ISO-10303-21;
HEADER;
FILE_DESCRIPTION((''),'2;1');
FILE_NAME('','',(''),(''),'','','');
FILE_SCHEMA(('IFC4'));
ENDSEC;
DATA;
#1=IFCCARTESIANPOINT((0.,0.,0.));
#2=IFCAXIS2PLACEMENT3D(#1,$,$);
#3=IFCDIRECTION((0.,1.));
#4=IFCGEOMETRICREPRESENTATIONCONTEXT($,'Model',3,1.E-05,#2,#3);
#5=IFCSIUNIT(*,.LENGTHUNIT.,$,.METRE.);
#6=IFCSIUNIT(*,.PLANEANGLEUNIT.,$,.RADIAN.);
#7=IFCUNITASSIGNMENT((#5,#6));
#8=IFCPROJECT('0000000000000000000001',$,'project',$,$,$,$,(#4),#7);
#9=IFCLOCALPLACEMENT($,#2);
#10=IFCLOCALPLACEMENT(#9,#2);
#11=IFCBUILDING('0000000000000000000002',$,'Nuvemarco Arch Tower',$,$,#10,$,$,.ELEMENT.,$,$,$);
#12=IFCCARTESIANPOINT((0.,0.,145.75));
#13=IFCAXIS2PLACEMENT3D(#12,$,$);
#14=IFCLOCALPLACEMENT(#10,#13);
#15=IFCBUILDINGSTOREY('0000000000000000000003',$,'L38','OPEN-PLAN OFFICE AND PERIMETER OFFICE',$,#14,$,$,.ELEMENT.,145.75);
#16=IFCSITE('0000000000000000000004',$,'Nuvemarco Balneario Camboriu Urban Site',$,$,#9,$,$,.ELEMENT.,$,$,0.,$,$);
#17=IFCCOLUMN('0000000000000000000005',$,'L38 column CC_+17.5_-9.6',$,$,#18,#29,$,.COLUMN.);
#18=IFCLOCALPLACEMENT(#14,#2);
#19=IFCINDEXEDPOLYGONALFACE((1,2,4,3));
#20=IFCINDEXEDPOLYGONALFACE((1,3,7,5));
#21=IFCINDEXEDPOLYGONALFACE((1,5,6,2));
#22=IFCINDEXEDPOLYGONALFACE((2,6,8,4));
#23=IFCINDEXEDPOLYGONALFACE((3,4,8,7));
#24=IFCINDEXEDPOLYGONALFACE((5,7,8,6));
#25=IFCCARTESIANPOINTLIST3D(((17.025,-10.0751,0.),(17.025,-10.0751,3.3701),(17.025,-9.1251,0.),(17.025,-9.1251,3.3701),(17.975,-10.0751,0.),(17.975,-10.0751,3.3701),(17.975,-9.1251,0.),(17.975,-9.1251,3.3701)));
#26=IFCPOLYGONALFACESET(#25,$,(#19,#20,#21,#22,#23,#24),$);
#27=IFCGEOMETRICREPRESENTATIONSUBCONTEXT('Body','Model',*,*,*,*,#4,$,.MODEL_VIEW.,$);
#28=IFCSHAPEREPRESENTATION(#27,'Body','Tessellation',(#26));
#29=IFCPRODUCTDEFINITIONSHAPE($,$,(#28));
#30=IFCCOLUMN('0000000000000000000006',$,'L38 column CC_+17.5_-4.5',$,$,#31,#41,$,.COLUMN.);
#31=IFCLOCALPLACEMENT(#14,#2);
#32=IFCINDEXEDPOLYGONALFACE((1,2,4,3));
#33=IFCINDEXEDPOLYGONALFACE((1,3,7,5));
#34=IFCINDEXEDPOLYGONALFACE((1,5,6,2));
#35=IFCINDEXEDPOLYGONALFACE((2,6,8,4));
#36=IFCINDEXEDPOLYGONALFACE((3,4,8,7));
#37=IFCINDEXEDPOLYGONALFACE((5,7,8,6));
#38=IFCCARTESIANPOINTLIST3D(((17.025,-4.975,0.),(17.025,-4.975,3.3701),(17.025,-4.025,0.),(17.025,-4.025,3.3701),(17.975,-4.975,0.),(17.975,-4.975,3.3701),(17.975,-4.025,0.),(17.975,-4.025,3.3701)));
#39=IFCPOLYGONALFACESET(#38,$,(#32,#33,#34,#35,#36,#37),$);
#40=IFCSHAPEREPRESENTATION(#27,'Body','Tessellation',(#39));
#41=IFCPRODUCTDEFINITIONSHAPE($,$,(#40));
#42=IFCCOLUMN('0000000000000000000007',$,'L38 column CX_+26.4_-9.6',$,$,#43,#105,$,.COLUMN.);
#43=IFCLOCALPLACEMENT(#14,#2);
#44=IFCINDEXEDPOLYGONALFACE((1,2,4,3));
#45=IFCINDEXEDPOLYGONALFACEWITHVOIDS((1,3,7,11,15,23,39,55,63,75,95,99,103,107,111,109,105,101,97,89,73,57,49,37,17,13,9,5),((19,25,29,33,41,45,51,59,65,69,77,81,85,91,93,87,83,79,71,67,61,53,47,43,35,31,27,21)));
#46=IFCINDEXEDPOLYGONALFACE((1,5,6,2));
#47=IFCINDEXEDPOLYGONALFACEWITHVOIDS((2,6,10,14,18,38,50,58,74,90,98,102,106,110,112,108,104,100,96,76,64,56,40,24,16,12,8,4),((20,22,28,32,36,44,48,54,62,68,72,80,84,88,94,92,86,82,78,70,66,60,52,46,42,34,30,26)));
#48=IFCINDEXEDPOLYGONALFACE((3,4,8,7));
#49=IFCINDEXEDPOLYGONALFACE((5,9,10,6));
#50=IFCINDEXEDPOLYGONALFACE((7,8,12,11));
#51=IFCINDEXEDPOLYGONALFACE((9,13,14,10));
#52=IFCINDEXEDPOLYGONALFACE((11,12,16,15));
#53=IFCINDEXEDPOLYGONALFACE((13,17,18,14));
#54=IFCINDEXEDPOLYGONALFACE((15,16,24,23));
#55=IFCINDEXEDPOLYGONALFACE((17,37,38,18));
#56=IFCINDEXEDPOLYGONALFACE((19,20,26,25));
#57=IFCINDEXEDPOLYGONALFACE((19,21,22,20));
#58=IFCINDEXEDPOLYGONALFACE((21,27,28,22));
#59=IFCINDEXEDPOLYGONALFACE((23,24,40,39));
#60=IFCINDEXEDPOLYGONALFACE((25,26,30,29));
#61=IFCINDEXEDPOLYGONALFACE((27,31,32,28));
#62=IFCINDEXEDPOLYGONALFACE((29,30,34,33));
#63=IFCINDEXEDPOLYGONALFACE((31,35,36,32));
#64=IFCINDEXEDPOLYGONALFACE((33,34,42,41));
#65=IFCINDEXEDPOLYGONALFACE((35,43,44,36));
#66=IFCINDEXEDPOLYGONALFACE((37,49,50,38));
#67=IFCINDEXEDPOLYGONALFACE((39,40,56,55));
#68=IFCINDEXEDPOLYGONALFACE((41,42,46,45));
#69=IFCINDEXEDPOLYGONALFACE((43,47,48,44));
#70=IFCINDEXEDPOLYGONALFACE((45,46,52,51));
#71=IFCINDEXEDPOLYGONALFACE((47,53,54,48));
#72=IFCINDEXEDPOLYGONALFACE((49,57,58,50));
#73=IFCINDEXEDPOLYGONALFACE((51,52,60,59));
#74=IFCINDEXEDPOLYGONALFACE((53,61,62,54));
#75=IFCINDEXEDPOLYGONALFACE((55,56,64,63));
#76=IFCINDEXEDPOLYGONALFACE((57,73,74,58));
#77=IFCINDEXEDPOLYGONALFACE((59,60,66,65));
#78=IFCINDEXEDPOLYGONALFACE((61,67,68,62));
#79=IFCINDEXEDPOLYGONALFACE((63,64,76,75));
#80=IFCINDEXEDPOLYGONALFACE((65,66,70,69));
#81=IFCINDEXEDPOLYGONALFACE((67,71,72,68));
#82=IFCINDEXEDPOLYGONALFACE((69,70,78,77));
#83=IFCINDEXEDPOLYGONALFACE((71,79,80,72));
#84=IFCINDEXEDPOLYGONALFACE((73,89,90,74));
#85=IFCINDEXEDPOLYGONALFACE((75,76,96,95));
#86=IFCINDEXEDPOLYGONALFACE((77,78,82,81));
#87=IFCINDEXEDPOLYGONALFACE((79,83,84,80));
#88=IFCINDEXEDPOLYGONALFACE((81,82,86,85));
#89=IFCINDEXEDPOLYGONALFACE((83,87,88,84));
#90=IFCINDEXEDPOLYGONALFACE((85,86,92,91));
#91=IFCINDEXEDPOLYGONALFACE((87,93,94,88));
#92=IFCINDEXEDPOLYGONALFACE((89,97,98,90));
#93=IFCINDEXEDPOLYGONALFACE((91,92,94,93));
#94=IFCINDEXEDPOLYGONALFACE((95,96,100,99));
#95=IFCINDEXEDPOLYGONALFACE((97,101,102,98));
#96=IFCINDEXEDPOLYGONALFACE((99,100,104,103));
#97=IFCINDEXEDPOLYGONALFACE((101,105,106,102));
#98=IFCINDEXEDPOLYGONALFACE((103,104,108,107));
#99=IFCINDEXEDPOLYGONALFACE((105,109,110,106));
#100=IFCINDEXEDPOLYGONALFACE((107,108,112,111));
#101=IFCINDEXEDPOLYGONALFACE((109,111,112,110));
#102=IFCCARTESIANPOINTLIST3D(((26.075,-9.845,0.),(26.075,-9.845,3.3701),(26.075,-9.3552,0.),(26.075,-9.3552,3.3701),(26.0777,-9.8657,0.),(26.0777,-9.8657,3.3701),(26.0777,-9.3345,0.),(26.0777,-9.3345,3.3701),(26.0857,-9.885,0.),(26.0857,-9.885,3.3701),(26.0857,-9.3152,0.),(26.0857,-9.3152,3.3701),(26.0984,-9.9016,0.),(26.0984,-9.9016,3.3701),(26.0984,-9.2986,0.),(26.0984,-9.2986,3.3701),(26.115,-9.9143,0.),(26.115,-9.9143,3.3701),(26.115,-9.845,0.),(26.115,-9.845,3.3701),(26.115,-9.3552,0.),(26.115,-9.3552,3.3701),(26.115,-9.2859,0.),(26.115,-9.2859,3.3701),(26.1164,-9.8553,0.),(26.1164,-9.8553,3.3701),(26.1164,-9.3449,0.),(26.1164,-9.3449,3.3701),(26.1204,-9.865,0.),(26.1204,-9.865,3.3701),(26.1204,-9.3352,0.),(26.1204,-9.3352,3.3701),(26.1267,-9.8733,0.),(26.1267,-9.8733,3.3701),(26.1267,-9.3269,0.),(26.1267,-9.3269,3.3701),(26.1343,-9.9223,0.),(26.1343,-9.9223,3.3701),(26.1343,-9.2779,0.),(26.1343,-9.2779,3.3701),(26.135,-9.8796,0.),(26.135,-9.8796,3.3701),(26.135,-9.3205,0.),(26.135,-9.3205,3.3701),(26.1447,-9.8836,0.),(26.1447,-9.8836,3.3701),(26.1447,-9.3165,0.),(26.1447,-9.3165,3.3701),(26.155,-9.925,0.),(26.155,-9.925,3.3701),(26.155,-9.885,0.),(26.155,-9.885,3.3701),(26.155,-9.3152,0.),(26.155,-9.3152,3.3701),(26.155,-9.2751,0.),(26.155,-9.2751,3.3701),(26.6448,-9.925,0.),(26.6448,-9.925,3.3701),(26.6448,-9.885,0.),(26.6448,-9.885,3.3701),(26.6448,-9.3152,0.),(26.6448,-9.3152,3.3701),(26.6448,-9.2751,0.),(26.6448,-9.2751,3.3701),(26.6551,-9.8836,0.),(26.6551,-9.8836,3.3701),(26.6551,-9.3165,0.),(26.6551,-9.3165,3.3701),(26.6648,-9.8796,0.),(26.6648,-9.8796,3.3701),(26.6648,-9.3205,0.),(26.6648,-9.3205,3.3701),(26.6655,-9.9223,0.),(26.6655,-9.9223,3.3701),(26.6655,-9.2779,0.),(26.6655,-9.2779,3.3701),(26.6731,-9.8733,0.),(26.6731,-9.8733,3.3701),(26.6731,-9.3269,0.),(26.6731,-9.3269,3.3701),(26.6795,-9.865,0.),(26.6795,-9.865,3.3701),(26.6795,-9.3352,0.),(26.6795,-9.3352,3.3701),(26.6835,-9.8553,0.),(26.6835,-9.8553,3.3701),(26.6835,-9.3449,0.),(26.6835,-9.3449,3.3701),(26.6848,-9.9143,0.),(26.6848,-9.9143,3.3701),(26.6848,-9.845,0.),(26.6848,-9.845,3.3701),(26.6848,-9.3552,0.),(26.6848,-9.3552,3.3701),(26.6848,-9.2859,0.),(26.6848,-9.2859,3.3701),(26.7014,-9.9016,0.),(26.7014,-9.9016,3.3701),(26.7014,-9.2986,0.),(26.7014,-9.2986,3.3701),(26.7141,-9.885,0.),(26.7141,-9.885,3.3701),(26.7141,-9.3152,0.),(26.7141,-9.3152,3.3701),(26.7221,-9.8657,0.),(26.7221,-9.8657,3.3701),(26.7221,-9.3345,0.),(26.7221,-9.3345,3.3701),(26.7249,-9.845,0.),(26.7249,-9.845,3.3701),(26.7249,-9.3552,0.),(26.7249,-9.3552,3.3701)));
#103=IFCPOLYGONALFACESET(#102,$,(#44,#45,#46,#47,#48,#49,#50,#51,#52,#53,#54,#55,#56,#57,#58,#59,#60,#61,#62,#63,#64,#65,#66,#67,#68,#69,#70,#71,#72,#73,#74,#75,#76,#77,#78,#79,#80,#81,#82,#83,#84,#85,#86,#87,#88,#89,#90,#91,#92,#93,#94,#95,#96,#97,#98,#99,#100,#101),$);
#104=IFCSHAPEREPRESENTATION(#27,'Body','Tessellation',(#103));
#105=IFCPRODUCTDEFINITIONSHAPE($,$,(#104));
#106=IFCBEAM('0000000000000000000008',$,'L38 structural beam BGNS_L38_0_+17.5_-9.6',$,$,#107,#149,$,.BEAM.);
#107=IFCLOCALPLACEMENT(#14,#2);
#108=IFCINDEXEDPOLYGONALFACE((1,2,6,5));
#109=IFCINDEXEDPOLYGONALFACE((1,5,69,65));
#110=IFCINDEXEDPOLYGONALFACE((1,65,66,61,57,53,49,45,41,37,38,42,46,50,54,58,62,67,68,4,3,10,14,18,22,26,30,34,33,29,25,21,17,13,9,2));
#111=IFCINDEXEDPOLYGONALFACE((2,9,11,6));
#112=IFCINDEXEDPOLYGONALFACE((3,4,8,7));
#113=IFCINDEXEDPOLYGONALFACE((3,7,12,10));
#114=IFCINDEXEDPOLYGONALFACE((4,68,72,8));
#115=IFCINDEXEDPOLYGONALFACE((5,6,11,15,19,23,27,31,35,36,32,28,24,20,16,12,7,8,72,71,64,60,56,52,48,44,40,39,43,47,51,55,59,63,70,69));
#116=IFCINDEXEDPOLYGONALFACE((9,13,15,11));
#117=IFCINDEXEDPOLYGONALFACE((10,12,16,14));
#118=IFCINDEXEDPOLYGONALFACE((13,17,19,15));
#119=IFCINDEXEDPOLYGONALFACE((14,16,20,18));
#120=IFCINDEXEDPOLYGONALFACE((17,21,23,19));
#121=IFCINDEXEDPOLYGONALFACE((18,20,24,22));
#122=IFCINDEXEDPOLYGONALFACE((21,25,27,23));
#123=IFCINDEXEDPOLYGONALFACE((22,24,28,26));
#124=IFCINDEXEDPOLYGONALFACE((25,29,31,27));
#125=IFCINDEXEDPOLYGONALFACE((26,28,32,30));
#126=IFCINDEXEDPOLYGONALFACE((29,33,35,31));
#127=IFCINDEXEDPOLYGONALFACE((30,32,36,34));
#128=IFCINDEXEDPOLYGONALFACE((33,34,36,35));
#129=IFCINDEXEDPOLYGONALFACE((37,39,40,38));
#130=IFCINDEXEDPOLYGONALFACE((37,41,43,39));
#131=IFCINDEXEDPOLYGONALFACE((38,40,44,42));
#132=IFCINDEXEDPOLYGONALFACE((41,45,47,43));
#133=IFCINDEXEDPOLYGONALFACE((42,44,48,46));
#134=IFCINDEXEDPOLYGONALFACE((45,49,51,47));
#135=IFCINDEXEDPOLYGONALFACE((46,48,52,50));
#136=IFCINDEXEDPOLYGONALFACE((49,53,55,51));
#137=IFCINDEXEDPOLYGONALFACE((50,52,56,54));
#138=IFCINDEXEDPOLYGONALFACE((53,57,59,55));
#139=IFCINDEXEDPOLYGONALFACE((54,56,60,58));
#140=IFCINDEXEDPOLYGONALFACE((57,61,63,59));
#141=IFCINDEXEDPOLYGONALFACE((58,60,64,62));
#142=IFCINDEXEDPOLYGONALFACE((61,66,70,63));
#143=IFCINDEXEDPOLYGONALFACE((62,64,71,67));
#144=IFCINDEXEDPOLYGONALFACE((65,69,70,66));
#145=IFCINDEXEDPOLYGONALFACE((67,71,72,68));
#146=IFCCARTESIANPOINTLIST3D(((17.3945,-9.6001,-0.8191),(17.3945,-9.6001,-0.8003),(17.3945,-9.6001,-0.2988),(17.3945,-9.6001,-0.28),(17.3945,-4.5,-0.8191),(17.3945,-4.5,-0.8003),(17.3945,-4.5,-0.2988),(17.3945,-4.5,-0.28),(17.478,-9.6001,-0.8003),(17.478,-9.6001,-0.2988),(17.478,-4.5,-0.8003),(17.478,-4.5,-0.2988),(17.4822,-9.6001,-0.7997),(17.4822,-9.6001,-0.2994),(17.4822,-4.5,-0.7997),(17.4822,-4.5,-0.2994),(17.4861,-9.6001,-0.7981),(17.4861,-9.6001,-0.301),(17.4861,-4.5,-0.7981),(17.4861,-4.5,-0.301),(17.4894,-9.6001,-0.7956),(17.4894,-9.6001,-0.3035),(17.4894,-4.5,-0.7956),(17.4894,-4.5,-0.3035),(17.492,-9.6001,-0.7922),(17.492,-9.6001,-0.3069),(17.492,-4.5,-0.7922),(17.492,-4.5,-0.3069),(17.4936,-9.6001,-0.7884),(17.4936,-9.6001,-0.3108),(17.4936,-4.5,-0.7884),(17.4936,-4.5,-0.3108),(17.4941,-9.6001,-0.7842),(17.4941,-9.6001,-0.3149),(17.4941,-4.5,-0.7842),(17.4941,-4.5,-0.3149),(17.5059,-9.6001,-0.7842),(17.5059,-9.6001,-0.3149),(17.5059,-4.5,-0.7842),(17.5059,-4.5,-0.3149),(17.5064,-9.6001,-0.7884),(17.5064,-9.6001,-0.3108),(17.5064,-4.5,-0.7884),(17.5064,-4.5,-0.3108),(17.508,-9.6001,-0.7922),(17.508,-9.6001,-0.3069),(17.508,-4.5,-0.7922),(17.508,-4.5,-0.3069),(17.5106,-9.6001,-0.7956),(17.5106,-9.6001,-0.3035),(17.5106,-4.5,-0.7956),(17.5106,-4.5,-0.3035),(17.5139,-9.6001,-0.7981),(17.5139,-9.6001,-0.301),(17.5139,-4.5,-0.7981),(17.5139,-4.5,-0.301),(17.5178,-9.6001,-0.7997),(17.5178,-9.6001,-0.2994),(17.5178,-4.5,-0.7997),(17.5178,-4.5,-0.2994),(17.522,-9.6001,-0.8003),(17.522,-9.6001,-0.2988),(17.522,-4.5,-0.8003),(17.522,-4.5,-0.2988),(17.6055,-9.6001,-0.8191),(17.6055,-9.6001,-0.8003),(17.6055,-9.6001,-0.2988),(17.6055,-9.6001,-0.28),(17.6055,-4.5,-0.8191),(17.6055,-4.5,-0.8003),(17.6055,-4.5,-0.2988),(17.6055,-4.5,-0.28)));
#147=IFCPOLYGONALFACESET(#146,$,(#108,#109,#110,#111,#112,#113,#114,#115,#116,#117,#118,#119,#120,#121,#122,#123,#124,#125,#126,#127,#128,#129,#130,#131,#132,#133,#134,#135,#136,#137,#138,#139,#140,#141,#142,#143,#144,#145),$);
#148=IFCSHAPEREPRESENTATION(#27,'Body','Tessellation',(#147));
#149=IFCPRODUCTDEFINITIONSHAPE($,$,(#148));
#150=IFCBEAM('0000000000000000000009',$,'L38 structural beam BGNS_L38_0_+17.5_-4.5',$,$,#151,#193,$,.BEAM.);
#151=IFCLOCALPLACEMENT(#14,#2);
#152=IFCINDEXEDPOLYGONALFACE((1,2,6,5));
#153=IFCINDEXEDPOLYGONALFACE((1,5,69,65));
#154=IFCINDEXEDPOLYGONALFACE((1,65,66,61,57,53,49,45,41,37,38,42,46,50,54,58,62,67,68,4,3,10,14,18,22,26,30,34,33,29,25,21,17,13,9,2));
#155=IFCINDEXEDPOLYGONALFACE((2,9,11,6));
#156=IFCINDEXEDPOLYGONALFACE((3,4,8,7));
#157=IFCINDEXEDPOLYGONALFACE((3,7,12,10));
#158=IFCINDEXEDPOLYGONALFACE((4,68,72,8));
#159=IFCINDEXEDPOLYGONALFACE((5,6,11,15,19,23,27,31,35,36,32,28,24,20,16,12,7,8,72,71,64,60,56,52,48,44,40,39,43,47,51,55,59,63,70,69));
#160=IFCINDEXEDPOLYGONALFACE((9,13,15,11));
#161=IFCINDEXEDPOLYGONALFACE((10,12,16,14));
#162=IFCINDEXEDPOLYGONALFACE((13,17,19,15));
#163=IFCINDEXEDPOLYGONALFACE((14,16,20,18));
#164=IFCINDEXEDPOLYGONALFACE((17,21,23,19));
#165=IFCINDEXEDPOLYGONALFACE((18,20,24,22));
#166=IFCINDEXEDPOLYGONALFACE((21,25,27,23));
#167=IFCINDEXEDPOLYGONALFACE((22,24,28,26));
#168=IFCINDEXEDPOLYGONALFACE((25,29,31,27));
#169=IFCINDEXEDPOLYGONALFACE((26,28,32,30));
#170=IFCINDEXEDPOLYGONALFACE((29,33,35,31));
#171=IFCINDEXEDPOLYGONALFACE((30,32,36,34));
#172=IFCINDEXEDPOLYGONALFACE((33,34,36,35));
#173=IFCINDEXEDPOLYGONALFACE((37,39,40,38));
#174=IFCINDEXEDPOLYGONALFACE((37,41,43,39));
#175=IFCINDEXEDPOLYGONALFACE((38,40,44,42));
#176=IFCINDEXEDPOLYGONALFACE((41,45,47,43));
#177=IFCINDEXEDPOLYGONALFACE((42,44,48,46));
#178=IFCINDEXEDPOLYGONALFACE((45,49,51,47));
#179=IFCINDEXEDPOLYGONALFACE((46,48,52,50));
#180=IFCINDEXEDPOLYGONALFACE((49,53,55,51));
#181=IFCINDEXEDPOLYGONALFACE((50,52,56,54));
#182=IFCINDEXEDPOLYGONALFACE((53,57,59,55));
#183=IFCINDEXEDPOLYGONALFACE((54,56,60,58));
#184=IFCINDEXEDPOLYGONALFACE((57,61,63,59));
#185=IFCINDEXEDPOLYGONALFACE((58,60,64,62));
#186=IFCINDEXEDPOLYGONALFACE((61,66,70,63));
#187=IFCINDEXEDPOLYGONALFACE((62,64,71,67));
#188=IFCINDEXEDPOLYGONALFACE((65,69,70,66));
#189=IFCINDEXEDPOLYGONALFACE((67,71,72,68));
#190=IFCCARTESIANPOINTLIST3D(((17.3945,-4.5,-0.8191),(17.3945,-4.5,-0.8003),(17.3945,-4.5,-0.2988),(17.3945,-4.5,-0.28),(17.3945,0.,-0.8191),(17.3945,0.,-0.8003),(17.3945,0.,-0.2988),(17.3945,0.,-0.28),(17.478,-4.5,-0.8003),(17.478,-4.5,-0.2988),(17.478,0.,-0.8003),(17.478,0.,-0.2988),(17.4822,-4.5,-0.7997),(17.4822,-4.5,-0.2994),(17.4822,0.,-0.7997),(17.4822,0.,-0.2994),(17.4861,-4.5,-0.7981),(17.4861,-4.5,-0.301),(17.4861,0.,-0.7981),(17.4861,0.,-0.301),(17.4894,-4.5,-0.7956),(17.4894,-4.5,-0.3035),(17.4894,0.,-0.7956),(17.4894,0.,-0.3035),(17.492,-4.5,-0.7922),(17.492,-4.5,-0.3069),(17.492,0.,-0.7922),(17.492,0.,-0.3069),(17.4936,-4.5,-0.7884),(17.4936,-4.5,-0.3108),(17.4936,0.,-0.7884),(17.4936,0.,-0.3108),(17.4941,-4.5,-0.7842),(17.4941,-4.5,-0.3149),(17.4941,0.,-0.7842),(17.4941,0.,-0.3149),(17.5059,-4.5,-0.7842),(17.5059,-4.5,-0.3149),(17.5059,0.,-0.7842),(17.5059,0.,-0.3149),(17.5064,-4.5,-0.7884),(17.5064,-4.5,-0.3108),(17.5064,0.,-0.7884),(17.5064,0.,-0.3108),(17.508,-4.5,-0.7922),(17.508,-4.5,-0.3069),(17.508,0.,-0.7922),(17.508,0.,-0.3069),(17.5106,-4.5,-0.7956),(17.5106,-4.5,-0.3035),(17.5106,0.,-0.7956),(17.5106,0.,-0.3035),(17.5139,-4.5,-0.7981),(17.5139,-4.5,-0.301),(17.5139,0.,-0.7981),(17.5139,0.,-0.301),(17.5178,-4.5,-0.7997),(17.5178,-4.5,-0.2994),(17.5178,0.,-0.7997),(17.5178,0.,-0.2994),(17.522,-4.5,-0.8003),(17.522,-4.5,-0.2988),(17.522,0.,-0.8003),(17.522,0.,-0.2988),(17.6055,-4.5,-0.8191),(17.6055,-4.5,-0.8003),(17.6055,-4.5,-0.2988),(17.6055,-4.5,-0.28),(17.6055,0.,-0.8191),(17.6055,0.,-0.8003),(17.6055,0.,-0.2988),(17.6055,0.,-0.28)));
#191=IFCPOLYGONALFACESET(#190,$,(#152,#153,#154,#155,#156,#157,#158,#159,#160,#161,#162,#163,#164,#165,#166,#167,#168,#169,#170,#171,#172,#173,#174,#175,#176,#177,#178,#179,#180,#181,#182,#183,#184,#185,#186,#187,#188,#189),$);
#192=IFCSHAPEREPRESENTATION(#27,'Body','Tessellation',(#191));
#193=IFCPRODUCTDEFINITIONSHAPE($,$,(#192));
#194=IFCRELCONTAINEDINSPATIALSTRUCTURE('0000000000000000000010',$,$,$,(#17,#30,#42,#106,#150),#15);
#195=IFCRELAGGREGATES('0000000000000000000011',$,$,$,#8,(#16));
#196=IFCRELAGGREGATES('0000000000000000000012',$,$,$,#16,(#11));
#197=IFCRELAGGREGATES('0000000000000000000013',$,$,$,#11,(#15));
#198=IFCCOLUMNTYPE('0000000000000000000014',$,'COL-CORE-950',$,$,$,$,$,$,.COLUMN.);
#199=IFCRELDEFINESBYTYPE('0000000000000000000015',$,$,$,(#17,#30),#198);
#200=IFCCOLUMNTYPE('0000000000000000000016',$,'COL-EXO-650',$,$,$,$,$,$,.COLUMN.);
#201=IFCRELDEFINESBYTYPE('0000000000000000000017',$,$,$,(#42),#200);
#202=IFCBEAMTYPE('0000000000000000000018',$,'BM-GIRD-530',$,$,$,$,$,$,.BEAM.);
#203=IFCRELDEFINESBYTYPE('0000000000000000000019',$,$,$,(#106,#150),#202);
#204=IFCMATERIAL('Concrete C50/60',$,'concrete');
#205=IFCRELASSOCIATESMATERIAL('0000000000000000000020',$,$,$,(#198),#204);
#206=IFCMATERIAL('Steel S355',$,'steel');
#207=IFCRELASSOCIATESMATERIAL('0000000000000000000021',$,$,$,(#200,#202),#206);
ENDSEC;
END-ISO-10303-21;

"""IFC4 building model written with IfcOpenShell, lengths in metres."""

from ifc_helpers import new_model, si_unit, direction, frame, origin, origin_2d, place, context, subcontext, project, spatial, rectangle, hollow_rectangle, i_section, extrude, material, material_profile, profile_set, type_object, element, save


model = new_model("IFC4")

# Units and contexts
model_context = context("Model", 3, precision=1e-05, world=origin(), true_north=direction((0.0, 1.0)))
body_context = subcontext(model_context, "Body", "Model", "MODEL_VIEW")
ifc_project = project(units=[si_unit("LENGTHUNIT", "METRE"), si_unit("PLANEANGLEUNIT", "RADIAN")], contexts=[model_context])

# Site, building, storey
site_placement = place(None, origin())
site = spatial("IfcSite", under=ifc_project, at=site_placement, Name="Nuvemarco Balneario Camboriu Urban Site", CompositionType="ELEMENT", RefElevation=0.0)
building_placement = place(site_placement, origin())
building = spatial("IfcBuilding", under=site, at=building_placement, Name="Nuvemarco Arch Tower", CompositionType="ELEMENT")
storey_placement = place(building_placement, frame((0.0, 0.0, 145.75)))
storey = spatial("IfcBuildingStorey", under=building, at=storey_placement, Name="L38", Description="OPEN-PLAN OFFICE AND PERIMETER OFFICE", CompositionType="ELEMENT", Elevation=145.75)

# Columns
ifc_material_1 = material(Name="Concrete C50/60", Category="concrete")
ifc_material_profile_1 = material_profile(ifc_material_1, rectangle(XDim=0.95, YDim=0.95, at=origin_2d()), Name="RC-COL-950x950")
ifc_profile_set_1 = profile_set([ifc_material_profile_1], Name="Concrete C50/60")
column_type_1 = type_object("IfcColumnType", Name="COL-CORE-950", PredefinedType="COLUMN", material=ifc_profile_set_1)
for number, where, z_axis, x_axis, name in (
    (1, (17.5, -9.6001, 0.0), (0.0, 0.0, 1.0), (1.0, 0.0, 0.0), "L38 column CC_+17.5_-9.6"),
    (2, (17.5, -4.5, 0.0), (0.0, 0.0, 1.0), (1.0, 0.0, 0.0), "L38 column CC_+17.5_-4.5"),
):
    element("IfcColumn", number, at=place(storey_placement, frame(where, z_axis=z_axis, x_axis=x_axis)), inside=storey, type_object=column_type_1, Name=name, PredefinedType="COLUMN", context=body_context, shape_type="SweptSolid", body=[
        extrude(rectangle(XDim=0.95, YDim=0.95, at=origin_2d()), origin(), (0.0, 0.0, 1.0), 3.3701),
    ])
ifc_material_2 = material(Name="Steel S355", Category="steel")
ifc_material_profile_2 = material_profile(ifc_material_2, hollow_rectangle(XDim=0.6499, YDim=0.6499, WallThickness=0.04, InnerFilletRadius=0.04, OuterFilletRadius=0.0801, at=origin_2d()), Name="SHS650x650x40")
ifc_profile_set_2 = profile_set([ifc_material_profile_2], Name="Steel S355")
column_type_2 = type_object("IfcColumnType", Name="COL-EXO-650", PredefinedType="COLUMN", material=ifc_profile_set_2)
column_placement = place(storey_placement, frame((26.3999, -9.6001, 0.0), z_axis=(0.0, 0.0, 1.0), x_axis=(1.0, 0.0, 0.0)))
element("IfcColumn", 3, at=column_placement, inside=storey, type_object=column_type_2, Name="L38 column CX_+26.4_-9.6", PredefinedType="COLUMN", context=body_context, shape_type="SweptSolid", body=[
    extrude(hollow_rectangle(XDim=0.6499, YDim=0.6499, WallThickness=0.04, InnerFilletRadius=0.04, OuterFilletRadius=0.0801, at=origin_2d()), origin(), (0.0, 0.0, 1.0), 3.3701),
])

# Beams
ifc_material_profile_3 = material_profile(ifc_material_2, i_section(OverallWidth=0.2109, OverallDepth=0.5391, WebThickness=0.0117, FlangeThickness=0.0188, FilletRadius=0.0161, at=origin_2d()), Name="W530x109")
ifc_profile_set_3 = profile_set([ifc_material_profile_3], Name="Steel S355")
beam_type_1 = type_object("IfcBeamType", Name="BM-GIRD-530", PredefinedType="BEAM", material=ifc_profile_set_3)
beam_1_placement = place(storey_placement, frame((17.5, -9.6001, -0.5496), z_axis=(0.0, 1.0, 0.0), x_axis=(-1.0, 0.0, 0.0)))
element("IfcBeam", 4, at=beam_1_placement, inside=storey, type_object=beam_type_1, Name="L38 structural beam BGNS_L38_0_+17.5_-9.6", PredefinedType="BEAM", context=body_context, shape_type="SweptSolid", body=[
    extrude(i_section(OverallWidth=0.2109, OverallDepth=0.5391, WebThickness=0.0117, FlangeThickness=0.0188, FilletRadius=0.0161, at=origin_2d()), origin(), (0.0, 0.0, 1.0), 5.1001),
])
beam_2_placement = place(storey_placement, frame((17.5, -4.5, -0.5496), z_axis=(0.0, 1.0, 0.0), x_axis=(-1.0, 0.0, 0.0)))
element("IfcBeam", 5, at=beam_2_placement, inside=storey, type_object=beam_type_1, Name="L38 structural beam BGNS_L38_0_+17.5_-4.5", PredefinedType="BEAM", context=body_context, shape_type="SweptSolid", body=[
    extrude(i_section(OverallWidth=0.2109, OverallDepth=0.5391, WebThickness=0.0117, FlangeThickness=0.0188, FilletRadius=0.0161, at=origin_2d()), origin(), (0.0, 0.0, 1.0), 4.5),
])

save(model, "model.ifc")
